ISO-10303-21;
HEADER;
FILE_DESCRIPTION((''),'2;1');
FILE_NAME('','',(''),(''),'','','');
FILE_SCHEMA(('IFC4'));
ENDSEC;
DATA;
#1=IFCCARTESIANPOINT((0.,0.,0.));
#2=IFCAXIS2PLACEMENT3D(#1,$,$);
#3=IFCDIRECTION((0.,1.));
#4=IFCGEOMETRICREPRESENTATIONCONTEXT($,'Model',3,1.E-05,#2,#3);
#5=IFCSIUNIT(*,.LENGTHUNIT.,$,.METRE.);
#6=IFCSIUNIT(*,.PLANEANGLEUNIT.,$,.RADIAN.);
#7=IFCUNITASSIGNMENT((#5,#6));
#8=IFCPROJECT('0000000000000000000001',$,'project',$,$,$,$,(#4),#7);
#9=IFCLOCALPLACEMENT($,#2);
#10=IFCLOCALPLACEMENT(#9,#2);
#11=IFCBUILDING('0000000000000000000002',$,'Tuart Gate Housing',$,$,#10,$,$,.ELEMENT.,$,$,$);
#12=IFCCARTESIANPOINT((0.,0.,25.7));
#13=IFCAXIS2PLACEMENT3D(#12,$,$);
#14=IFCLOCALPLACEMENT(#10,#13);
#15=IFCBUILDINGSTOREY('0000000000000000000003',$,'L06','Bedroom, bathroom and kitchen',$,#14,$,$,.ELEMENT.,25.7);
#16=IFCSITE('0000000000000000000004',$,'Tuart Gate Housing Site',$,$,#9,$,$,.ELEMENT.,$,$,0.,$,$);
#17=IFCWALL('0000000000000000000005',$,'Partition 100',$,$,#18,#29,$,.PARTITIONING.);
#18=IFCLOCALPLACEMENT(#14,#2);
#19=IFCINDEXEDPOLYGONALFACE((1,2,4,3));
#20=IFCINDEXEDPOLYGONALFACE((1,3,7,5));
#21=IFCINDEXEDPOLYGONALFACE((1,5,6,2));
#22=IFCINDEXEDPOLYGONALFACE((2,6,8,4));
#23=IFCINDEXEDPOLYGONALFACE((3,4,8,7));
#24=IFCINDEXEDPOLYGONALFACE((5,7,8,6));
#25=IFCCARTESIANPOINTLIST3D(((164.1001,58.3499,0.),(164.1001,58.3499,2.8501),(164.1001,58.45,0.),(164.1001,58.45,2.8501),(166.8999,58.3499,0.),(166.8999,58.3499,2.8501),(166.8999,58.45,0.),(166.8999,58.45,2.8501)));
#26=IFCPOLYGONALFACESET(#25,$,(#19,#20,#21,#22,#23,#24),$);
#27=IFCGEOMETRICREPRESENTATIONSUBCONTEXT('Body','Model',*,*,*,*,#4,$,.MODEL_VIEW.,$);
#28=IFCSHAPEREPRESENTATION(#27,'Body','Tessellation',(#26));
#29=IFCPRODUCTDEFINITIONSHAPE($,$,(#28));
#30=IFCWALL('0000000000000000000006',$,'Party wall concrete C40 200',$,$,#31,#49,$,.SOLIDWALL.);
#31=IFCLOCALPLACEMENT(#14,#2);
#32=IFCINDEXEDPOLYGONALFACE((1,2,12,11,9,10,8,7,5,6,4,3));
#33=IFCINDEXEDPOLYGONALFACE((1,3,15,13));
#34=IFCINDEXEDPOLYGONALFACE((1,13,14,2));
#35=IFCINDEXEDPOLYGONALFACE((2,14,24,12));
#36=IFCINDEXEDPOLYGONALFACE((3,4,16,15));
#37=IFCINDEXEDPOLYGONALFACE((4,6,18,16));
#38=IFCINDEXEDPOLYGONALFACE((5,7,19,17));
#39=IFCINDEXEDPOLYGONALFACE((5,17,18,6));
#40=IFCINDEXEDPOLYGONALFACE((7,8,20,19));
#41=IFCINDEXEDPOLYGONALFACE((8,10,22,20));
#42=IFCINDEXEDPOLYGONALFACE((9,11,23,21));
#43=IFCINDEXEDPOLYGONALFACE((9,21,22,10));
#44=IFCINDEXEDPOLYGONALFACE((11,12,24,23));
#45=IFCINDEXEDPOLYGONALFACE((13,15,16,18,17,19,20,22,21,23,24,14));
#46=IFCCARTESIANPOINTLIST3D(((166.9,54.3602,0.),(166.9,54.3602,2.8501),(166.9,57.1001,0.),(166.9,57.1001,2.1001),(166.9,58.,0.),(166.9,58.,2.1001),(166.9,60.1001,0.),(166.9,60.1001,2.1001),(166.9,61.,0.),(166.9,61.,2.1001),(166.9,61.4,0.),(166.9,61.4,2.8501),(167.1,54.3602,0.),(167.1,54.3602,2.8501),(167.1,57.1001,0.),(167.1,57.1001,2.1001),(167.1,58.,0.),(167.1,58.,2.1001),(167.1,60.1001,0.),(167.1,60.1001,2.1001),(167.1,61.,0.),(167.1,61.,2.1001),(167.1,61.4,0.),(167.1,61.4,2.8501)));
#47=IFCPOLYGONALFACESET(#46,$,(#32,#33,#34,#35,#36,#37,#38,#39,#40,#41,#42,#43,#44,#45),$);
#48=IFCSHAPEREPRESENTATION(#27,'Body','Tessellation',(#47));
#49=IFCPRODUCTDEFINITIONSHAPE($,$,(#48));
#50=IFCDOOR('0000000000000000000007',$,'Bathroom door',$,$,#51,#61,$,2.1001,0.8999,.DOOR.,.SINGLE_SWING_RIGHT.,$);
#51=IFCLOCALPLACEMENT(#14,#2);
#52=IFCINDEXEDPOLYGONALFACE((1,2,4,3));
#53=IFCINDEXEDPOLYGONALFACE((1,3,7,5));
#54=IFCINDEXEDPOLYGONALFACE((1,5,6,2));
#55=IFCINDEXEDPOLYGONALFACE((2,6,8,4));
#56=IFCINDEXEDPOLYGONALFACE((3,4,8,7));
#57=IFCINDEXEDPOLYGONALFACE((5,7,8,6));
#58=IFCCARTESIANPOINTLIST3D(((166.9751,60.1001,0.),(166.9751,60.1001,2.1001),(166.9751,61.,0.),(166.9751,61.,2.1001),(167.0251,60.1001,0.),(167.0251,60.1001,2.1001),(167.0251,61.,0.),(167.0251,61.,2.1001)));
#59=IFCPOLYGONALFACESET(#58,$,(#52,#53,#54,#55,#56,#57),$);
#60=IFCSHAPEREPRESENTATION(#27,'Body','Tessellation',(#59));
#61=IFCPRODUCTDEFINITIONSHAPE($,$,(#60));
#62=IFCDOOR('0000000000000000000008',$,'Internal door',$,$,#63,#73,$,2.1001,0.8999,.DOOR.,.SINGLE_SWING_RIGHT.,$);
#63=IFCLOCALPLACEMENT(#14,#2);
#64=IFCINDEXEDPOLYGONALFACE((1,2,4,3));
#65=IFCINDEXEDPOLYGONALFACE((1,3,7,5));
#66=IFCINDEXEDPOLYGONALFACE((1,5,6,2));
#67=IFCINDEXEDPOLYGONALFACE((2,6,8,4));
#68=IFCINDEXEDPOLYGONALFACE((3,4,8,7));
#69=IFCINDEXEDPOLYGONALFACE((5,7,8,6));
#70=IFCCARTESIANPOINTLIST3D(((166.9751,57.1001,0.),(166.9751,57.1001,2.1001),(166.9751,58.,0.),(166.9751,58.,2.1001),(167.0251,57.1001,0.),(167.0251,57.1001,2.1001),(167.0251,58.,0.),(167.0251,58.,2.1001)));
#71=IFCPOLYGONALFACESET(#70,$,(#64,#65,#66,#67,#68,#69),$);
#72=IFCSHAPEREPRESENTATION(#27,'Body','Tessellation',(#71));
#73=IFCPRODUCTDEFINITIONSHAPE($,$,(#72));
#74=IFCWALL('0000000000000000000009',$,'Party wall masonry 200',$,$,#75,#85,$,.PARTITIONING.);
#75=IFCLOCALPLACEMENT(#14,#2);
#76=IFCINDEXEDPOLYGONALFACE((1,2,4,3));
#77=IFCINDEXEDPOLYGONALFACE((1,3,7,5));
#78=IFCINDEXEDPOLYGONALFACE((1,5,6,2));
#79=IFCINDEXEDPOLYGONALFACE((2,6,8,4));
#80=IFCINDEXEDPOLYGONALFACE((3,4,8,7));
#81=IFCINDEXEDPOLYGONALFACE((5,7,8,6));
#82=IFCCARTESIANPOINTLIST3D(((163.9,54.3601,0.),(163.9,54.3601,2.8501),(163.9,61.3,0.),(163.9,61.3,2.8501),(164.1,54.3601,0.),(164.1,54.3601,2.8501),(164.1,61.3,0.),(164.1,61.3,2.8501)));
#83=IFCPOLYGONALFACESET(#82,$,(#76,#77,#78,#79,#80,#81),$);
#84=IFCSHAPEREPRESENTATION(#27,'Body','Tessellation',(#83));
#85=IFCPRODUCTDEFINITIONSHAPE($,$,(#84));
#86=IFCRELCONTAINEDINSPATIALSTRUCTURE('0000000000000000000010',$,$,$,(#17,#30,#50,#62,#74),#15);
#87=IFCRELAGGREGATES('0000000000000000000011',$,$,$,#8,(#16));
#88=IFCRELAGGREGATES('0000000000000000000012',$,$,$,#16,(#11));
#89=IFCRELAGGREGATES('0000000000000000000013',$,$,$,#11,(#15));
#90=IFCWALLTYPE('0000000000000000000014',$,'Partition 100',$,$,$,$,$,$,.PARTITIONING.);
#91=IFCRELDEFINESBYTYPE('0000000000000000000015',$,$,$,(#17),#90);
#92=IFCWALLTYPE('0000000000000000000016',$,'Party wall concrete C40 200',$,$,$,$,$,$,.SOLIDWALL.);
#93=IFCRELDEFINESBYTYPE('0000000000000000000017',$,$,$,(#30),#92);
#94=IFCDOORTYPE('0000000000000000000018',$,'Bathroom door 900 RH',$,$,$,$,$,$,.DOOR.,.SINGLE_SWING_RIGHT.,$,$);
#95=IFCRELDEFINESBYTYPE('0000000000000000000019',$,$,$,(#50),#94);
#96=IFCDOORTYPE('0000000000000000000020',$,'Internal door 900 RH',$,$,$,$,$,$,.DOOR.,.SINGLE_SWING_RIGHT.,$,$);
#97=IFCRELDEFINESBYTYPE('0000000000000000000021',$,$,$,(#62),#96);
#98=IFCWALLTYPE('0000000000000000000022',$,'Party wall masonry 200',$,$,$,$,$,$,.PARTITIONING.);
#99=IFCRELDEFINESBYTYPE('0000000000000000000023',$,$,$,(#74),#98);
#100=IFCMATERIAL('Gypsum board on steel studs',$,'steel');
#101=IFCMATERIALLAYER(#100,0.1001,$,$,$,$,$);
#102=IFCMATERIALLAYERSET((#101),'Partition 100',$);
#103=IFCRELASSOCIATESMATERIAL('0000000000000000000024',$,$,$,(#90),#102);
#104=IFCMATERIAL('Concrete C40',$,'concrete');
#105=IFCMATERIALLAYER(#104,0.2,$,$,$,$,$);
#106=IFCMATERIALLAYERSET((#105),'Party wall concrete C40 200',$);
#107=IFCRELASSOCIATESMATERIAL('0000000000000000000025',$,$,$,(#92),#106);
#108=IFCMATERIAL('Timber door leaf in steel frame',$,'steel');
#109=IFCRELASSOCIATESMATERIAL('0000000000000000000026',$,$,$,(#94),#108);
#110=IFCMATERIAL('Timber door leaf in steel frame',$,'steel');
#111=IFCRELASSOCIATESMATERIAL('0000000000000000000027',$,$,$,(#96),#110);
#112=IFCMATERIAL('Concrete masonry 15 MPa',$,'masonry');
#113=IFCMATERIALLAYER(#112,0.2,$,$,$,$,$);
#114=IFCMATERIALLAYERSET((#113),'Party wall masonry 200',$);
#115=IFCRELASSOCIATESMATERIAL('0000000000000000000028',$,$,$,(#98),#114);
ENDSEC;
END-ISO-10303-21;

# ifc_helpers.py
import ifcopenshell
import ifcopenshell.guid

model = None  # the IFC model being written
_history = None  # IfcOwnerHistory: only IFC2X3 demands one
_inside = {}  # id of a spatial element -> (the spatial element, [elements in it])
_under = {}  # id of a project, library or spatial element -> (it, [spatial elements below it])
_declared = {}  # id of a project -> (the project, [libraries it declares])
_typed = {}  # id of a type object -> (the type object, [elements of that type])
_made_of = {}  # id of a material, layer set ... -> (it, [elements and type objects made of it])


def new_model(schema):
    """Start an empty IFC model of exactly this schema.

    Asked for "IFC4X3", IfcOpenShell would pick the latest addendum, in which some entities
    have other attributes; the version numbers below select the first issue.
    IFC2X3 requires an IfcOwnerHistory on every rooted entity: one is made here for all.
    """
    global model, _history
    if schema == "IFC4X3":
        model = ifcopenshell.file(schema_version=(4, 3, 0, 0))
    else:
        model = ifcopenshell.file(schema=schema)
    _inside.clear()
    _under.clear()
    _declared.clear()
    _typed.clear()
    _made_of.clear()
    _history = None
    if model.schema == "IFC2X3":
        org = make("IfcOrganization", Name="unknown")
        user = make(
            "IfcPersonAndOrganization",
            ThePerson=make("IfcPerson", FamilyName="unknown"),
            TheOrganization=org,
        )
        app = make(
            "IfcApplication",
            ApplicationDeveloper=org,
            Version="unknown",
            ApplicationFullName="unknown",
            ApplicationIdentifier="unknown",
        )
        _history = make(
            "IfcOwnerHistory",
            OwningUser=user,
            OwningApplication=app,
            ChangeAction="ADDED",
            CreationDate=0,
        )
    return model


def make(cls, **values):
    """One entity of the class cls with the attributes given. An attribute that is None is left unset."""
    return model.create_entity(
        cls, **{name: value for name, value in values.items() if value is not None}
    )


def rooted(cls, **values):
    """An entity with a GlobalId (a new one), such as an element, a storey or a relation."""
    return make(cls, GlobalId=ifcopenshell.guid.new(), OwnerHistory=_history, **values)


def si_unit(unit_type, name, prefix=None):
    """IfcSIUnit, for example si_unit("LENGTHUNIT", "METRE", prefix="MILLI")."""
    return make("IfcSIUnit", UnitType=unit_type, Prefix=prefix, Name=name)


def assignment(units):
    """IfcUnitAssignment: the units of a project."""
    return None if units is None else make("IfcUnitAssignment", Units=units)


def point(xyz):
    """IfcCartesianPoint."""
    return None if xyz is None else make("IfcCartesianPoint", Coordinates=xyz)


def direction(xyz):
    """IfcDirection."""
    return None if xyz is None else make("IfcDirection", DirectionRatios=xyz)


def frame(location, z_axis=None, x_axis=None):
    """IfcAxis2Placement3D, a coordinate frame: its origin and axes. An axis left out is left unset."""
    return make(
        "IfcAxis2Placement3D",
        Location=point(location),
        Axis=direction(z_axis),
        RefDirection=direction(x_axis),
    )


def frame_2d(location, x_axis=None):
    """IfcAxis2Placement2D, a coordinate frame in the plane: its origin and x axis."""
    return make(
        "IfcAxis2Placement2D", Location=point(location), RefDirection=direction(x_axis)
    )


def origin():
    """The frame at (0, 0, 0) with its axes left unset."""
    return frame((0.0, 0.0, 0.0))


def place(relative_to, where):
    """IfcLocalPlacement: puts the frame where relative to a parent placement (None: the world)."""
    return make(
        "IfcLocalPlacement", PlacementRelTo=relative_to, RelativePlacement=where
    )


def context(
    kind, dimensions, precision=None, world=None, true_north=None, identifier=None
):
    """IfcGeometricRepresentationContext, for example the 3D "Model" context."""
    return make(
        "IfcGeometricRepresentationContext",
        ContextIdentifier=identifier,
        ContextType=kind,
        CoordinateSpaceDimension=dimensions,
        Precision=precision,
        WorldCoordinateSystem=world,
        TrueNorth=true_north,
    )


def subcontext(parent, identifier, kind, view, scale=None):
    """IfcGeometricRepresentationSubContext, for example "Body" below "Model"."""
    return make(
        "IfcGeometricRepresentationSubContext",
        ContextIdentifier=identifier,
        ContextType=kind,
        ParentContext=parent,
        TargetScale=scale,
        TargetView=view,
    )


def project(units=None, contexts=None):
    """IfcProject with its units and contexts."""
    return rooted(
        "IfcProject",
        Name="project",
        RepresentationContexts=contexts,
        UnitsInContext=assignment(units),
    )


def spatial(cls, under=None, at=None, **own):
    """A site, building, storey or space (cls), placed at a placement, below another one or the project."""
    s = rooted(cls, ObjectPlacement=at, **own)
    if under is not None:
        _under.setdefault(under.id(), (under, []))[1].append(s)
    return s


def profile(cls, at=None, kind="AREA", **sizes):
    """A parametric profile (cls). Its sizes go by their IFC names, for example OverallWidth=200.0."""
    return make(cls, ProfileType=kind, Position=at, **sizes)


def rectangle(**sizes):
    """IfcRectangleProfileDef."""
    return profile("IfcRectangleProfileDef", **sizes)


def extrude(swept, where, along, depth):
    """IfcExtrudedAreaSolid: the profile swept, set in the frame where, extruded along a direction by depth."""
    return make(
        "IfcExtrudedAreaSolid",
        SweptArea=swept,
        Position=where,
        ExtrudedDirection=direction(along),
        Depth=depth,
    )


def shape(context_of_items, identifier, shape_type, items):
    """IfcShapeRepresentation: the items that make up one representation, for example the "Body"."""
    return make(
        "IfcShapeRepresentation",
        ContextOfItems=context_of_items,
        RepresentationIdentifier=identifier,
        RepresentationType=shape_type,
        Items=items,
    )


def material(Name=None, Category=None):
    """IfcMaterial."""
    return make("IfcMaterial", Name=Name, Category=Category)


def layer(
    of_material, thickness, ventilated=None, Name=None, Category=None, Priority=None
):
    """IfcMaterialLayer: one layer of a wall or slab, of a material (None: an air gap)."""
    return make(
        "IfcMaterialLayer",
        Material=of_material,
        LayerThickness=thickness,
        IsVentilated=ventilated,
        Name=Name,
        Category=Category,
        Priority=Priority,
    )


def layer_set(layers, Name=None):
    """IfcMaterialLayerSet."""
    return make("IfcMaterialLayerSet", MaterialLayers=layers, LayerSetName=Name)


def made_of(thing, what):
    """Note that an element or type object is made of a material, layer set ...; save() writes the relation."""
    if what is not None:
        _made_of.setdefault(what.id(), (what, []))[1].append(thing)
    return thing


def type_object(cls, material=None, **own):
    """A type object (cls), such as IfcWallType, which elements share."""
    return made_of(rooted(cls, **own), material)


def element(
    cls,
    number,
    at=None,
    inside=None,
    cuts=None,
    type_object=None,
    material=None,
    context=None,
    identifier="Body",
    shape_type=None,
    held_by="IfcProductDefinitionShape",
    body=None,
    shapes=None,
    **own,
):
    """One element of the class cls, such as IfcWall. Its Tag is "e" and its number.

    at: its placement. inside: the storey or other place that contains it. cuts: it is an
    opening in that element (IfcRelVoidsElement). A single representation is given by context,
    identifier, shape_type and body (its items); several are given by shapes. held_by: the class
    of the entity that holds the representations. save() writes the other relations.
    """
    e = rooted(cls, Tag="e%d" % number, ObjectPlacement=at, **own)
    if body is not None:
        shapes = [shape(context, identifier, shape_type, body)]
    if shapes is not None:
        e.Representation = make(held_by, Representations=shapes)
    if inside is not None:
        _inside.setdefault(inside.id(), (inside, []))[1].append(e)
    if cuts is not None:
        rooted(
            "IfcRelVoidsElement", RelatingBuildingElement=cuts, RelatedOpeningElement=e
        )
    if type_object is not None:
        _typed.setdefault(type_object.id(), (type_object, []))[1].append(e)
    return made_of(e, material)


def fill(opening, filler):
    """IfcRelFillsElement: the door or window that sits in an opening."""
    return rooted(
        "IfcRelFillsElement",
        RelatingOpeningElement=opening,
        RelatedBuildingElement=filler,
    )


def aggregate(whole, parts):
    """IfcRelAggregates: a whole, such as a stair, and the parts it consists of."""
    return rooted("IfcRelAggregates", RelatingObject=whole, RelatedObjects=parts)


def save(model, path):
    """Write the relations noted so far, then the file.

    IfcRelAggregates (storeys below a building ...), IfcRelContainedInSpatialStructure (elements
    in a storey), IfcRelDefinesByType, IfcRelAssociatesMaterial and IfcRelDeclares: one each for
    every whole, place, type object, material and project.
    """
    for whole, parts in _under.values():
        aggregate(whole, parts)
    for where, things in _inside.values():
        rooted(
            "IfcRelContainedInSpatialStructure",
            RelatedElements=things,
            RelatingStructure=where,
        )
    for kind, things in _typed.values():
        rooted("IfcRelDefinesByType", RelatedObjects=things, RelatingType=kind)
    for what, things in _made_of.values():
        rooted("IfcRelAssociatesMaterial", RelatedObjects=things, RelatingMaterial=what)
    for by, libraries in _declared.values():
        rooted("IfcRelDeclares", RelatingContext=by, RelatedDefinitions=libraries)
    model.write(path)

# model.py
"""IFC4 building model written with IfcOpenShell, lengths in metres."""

from ifc_helpers import new_model, si_unit, direction, frame, frame_2d, origin, place, context, subcontext, project, spatial, rectangle, extrude, material, layer, layer_set, type_object, element, fill, save


model = new_model("IFC4")

# Units and contexts
model_context = context("Model", 3, precision=1e-05, world=origin(), true_north=direction((0.0, 1.0)))
body_context = subcontext(model_context, "Body", "Model", "MODEL_VIEW")
ifc_project = project(units=[si_unit("LENGTHUNIT", "METRE"), si_unit("PLANEANGLEUNIT", "RADIAN")], contexts=[model_context])

# Site, building, storey
site_placement = place(None, origin())
site = spatial("IfcSite", under=ifc_project, at=site_placement, Name="Tuart Gate Housing Site", CompositionType="ELEMENT", RefElevation=0.0)
building_placement = place(site_placement, origin())
building = spatial("IfcBuilding", under=site, at=building_placement, Name="Tuart Gate Housing", CompositionType="ELEMENT")
storey_placement = place(building_placement, frame((0.0, 0.0, 25.7)))
storey = spatial("IfcBuildingStorey", under=building, at=storey_placement, Name="L06", Description="Bedroom, bathroom and kitchen", CompositionType="ELEMENT", Elevation=25.7)

# Wall
ifc_material_1 = material(Name="Gypsum board on steel studs", Category="steel")
ifc_layer_1 = layer(ifc_material_1, 0.1001)
ifc_layer_set_1 = layer_set([ifc_layer_1], Name="Partition 100")
wall_type_1 = type_object("IfcWallType", Name="Partition 100", PredefinedType="PARTITIONING", material=ifc_layer_set_1)
wall_1_placement = place(storey_placement, frame((164.1001, 58.3999, 0.0), z_axis=(0.0, 0.0, 1.0), x_axis=(1.0, 0.0, 0.0)))
element("IfcWall", 1, at=wall_1_placement, inside=storey, type_object=wall_type_1, Name="Partition 100", PredefinedType="PARTITIONING", context=body_context, shape_type="SweptSolid", body=[
    extrude(rectangle(XDim=2.7998, YDim=0.1001, at=frame_2d((1.3999, 0.0))), origin(), (0.0, 0.0, 1.0), 2.8501),
])

# Wall, openings, doors
ifc_material_2 = material(Name="Concrete C40", Category="concrete")
ifc_layer_2 = layer(ifc_material_2, 0.2)
ifc_layer_set_2 = layer_set([ifc_layer_2], Name="Party wall concrete C40 200")
wall_type_2 = type_object("IfcWallType", Name="Party wall concrete C40 200", PredefinedType="SOLIDWALL", material=ifc_layer_set_2)
wall_2_placement = place(storey_placement, frame((167.0, 54.3601, 0.0), z_axis=(0.0, 0.0, 1.0), x_axis=(0.0, 1.0, 0.0)))
wall_2 = element("IfcWall", 2, at=wall_2_placement, inside=storey, type_object=wall_type_2, Name="Party wall concrete C40 200", PredefinedType="SOLIDWALL", context=body_context, shape_type="SweptSolid", body=[
    extrude(rectangle(XDim=7.0398, YDim=0.2, at=frame_2d((3.52, 0.0))), origin(), (0.0, 0.0, 1.0), 2.8501),
])
opening_1_placement = place(wall_2_placement, frame((2.74, 0.0, 0.0)))
opening_1 = element("IfcOpeningElement", 3, at=opening_1_placement, cuts=wall_2, PredefinedType="OPENING", context=body_context, shape_type="SweptSolid", body=[
    extrude(rectangle(XDim=0.8999, YDim=2.1001, at=frame_2d((0.45, 1.05))), frame((0.0, 0.1099, 0.0), z_axis=(0.0, -1.0, 0.0), x_axis=(1.0, 0.0, 0.0)), (0.0, 0.0, 1.0), 0.22),
])
opening_2_placement = place(wall_2_placement, frame((5.74, 0.0, 0.0)))
opening_2 = element("IfcOpeningElement", 4, at=opening_2_placement, cuts=wall_2, PredefinedType="OPENING", context=body_context, shape_type="SweptSolid", body=[
    extrude(rectangle(XDim=0.8999, YDim=2.1001, at=frame_2d((0.45, 1.05))), frame((0.0, 0.1099, 0.0), z_axis=(0.0, -1.0, 0.0), x_axis=(1.0, 0.0, 0.0)), (0.0, 0.0, 1.0), 0.22),
])
ifc_material_3 = material(Name="Timber door leaf in steel frame", Category="steel")
door_type_1 = type_object("IfcDoorType", Name="Bathroom door 900 RH", OperationType="SINGLE_SWING_RIGHT", PredefinedType="DOOR", material=ifc_material_3)
door_1_placement = place(opening_2_placement, origin())
door_1 = element("IfcDoor", 5, at=door_1_placement, inside=storey, type_object=door_type_1, Name="Bathroom door", OperationType="SINGLE_SWING_RIGHT", OverallHeight=2.1001, OverallWidth=0.8999, PredefinedType="DOOR", context=body_context, shape_type="SweptSolid", body=[
    extrude(rectangle(XDim=0.8999, YDim=2.1001, at=frame_2d((0.45, 1.05))), frame((0.0, 0.0249, 0.0), z_axis=(0.0, -1.0, 0.0), x_axis=(1.0, 0.0, 0.0)), (0.0, 0.0, 1.0), 0.05),
])
fill(opening_2, door_1)
ifc_material_4 = material(Name="Timber door leaf in steel frame", Category="steel")
door_type_2 = type_object("IfcDoorType", Name="Internal door 900 RH", OperationType="SINGLE_SWING_RIGHT", PredefinedType="DOOR", material=ifc_material_4)
door_2_placement = place(opening_1_placement, origin())
door_2 = element("IfcDoor", 6, at=door_2_placement, inside=storey, type_object=door_type_2, Name="Internal door", OperationType="SINGLE_SWING_RIGHT", OverallHeight=2.1001, OverallWidth=0.8999, PredefinedType="DOOR", context=body_context, shape_type="SweptSolid", body=[
    extrude(rectangle(XDim=0.8999, YDim=2.1001, at=frame_2d((0.45, 1.05))), frame((0.0, 0.0249, 0.0), z_axis=(0.0, -1.0, 0.0), x_axis=(1.0, 0.0, 0.0)), (0.0, 0.0, 1.0), 0.05),
])
fill(opening_1, door_2)

# Wall
ifc_material_5 = material(Name="Concrete masonry 15 MPa", Category="masonry")
ifc_layer_3 = layer(ifc_material_5, 0.2)
ifc_layer_set_3 = layer_set([ifc_layer_3], Name="Party wall masonry 200")
wall_type_3 = type_object("IfcWallType", Name="Party wall masonry 200", PredefinedType="PARTITIONING", material=ifc_layer_set_3)
wall_3_placement = place(storey_placement, frame((164.0, 54.3601, 0.0), z_axis=(0.0, 0.0, 1.0), x_axis=(0.0, 1.0, 0.0)))
element("IfcWall", 7, at=wall_3_placement, inside=storey, type_object=wall_type_3, Name="Party wall masonry 200", PredefinedType="PARTITIONING", context=body_context, shape_type="SweptSolid", body=[
    extrude(rectangle(XDim=6.9399, YDim=0.2, at=frame_2d((3.47, 0.0))), origin(), (0.0, 0.0, 1.0), 2.8501),
])

save(model, "model.ifc")
